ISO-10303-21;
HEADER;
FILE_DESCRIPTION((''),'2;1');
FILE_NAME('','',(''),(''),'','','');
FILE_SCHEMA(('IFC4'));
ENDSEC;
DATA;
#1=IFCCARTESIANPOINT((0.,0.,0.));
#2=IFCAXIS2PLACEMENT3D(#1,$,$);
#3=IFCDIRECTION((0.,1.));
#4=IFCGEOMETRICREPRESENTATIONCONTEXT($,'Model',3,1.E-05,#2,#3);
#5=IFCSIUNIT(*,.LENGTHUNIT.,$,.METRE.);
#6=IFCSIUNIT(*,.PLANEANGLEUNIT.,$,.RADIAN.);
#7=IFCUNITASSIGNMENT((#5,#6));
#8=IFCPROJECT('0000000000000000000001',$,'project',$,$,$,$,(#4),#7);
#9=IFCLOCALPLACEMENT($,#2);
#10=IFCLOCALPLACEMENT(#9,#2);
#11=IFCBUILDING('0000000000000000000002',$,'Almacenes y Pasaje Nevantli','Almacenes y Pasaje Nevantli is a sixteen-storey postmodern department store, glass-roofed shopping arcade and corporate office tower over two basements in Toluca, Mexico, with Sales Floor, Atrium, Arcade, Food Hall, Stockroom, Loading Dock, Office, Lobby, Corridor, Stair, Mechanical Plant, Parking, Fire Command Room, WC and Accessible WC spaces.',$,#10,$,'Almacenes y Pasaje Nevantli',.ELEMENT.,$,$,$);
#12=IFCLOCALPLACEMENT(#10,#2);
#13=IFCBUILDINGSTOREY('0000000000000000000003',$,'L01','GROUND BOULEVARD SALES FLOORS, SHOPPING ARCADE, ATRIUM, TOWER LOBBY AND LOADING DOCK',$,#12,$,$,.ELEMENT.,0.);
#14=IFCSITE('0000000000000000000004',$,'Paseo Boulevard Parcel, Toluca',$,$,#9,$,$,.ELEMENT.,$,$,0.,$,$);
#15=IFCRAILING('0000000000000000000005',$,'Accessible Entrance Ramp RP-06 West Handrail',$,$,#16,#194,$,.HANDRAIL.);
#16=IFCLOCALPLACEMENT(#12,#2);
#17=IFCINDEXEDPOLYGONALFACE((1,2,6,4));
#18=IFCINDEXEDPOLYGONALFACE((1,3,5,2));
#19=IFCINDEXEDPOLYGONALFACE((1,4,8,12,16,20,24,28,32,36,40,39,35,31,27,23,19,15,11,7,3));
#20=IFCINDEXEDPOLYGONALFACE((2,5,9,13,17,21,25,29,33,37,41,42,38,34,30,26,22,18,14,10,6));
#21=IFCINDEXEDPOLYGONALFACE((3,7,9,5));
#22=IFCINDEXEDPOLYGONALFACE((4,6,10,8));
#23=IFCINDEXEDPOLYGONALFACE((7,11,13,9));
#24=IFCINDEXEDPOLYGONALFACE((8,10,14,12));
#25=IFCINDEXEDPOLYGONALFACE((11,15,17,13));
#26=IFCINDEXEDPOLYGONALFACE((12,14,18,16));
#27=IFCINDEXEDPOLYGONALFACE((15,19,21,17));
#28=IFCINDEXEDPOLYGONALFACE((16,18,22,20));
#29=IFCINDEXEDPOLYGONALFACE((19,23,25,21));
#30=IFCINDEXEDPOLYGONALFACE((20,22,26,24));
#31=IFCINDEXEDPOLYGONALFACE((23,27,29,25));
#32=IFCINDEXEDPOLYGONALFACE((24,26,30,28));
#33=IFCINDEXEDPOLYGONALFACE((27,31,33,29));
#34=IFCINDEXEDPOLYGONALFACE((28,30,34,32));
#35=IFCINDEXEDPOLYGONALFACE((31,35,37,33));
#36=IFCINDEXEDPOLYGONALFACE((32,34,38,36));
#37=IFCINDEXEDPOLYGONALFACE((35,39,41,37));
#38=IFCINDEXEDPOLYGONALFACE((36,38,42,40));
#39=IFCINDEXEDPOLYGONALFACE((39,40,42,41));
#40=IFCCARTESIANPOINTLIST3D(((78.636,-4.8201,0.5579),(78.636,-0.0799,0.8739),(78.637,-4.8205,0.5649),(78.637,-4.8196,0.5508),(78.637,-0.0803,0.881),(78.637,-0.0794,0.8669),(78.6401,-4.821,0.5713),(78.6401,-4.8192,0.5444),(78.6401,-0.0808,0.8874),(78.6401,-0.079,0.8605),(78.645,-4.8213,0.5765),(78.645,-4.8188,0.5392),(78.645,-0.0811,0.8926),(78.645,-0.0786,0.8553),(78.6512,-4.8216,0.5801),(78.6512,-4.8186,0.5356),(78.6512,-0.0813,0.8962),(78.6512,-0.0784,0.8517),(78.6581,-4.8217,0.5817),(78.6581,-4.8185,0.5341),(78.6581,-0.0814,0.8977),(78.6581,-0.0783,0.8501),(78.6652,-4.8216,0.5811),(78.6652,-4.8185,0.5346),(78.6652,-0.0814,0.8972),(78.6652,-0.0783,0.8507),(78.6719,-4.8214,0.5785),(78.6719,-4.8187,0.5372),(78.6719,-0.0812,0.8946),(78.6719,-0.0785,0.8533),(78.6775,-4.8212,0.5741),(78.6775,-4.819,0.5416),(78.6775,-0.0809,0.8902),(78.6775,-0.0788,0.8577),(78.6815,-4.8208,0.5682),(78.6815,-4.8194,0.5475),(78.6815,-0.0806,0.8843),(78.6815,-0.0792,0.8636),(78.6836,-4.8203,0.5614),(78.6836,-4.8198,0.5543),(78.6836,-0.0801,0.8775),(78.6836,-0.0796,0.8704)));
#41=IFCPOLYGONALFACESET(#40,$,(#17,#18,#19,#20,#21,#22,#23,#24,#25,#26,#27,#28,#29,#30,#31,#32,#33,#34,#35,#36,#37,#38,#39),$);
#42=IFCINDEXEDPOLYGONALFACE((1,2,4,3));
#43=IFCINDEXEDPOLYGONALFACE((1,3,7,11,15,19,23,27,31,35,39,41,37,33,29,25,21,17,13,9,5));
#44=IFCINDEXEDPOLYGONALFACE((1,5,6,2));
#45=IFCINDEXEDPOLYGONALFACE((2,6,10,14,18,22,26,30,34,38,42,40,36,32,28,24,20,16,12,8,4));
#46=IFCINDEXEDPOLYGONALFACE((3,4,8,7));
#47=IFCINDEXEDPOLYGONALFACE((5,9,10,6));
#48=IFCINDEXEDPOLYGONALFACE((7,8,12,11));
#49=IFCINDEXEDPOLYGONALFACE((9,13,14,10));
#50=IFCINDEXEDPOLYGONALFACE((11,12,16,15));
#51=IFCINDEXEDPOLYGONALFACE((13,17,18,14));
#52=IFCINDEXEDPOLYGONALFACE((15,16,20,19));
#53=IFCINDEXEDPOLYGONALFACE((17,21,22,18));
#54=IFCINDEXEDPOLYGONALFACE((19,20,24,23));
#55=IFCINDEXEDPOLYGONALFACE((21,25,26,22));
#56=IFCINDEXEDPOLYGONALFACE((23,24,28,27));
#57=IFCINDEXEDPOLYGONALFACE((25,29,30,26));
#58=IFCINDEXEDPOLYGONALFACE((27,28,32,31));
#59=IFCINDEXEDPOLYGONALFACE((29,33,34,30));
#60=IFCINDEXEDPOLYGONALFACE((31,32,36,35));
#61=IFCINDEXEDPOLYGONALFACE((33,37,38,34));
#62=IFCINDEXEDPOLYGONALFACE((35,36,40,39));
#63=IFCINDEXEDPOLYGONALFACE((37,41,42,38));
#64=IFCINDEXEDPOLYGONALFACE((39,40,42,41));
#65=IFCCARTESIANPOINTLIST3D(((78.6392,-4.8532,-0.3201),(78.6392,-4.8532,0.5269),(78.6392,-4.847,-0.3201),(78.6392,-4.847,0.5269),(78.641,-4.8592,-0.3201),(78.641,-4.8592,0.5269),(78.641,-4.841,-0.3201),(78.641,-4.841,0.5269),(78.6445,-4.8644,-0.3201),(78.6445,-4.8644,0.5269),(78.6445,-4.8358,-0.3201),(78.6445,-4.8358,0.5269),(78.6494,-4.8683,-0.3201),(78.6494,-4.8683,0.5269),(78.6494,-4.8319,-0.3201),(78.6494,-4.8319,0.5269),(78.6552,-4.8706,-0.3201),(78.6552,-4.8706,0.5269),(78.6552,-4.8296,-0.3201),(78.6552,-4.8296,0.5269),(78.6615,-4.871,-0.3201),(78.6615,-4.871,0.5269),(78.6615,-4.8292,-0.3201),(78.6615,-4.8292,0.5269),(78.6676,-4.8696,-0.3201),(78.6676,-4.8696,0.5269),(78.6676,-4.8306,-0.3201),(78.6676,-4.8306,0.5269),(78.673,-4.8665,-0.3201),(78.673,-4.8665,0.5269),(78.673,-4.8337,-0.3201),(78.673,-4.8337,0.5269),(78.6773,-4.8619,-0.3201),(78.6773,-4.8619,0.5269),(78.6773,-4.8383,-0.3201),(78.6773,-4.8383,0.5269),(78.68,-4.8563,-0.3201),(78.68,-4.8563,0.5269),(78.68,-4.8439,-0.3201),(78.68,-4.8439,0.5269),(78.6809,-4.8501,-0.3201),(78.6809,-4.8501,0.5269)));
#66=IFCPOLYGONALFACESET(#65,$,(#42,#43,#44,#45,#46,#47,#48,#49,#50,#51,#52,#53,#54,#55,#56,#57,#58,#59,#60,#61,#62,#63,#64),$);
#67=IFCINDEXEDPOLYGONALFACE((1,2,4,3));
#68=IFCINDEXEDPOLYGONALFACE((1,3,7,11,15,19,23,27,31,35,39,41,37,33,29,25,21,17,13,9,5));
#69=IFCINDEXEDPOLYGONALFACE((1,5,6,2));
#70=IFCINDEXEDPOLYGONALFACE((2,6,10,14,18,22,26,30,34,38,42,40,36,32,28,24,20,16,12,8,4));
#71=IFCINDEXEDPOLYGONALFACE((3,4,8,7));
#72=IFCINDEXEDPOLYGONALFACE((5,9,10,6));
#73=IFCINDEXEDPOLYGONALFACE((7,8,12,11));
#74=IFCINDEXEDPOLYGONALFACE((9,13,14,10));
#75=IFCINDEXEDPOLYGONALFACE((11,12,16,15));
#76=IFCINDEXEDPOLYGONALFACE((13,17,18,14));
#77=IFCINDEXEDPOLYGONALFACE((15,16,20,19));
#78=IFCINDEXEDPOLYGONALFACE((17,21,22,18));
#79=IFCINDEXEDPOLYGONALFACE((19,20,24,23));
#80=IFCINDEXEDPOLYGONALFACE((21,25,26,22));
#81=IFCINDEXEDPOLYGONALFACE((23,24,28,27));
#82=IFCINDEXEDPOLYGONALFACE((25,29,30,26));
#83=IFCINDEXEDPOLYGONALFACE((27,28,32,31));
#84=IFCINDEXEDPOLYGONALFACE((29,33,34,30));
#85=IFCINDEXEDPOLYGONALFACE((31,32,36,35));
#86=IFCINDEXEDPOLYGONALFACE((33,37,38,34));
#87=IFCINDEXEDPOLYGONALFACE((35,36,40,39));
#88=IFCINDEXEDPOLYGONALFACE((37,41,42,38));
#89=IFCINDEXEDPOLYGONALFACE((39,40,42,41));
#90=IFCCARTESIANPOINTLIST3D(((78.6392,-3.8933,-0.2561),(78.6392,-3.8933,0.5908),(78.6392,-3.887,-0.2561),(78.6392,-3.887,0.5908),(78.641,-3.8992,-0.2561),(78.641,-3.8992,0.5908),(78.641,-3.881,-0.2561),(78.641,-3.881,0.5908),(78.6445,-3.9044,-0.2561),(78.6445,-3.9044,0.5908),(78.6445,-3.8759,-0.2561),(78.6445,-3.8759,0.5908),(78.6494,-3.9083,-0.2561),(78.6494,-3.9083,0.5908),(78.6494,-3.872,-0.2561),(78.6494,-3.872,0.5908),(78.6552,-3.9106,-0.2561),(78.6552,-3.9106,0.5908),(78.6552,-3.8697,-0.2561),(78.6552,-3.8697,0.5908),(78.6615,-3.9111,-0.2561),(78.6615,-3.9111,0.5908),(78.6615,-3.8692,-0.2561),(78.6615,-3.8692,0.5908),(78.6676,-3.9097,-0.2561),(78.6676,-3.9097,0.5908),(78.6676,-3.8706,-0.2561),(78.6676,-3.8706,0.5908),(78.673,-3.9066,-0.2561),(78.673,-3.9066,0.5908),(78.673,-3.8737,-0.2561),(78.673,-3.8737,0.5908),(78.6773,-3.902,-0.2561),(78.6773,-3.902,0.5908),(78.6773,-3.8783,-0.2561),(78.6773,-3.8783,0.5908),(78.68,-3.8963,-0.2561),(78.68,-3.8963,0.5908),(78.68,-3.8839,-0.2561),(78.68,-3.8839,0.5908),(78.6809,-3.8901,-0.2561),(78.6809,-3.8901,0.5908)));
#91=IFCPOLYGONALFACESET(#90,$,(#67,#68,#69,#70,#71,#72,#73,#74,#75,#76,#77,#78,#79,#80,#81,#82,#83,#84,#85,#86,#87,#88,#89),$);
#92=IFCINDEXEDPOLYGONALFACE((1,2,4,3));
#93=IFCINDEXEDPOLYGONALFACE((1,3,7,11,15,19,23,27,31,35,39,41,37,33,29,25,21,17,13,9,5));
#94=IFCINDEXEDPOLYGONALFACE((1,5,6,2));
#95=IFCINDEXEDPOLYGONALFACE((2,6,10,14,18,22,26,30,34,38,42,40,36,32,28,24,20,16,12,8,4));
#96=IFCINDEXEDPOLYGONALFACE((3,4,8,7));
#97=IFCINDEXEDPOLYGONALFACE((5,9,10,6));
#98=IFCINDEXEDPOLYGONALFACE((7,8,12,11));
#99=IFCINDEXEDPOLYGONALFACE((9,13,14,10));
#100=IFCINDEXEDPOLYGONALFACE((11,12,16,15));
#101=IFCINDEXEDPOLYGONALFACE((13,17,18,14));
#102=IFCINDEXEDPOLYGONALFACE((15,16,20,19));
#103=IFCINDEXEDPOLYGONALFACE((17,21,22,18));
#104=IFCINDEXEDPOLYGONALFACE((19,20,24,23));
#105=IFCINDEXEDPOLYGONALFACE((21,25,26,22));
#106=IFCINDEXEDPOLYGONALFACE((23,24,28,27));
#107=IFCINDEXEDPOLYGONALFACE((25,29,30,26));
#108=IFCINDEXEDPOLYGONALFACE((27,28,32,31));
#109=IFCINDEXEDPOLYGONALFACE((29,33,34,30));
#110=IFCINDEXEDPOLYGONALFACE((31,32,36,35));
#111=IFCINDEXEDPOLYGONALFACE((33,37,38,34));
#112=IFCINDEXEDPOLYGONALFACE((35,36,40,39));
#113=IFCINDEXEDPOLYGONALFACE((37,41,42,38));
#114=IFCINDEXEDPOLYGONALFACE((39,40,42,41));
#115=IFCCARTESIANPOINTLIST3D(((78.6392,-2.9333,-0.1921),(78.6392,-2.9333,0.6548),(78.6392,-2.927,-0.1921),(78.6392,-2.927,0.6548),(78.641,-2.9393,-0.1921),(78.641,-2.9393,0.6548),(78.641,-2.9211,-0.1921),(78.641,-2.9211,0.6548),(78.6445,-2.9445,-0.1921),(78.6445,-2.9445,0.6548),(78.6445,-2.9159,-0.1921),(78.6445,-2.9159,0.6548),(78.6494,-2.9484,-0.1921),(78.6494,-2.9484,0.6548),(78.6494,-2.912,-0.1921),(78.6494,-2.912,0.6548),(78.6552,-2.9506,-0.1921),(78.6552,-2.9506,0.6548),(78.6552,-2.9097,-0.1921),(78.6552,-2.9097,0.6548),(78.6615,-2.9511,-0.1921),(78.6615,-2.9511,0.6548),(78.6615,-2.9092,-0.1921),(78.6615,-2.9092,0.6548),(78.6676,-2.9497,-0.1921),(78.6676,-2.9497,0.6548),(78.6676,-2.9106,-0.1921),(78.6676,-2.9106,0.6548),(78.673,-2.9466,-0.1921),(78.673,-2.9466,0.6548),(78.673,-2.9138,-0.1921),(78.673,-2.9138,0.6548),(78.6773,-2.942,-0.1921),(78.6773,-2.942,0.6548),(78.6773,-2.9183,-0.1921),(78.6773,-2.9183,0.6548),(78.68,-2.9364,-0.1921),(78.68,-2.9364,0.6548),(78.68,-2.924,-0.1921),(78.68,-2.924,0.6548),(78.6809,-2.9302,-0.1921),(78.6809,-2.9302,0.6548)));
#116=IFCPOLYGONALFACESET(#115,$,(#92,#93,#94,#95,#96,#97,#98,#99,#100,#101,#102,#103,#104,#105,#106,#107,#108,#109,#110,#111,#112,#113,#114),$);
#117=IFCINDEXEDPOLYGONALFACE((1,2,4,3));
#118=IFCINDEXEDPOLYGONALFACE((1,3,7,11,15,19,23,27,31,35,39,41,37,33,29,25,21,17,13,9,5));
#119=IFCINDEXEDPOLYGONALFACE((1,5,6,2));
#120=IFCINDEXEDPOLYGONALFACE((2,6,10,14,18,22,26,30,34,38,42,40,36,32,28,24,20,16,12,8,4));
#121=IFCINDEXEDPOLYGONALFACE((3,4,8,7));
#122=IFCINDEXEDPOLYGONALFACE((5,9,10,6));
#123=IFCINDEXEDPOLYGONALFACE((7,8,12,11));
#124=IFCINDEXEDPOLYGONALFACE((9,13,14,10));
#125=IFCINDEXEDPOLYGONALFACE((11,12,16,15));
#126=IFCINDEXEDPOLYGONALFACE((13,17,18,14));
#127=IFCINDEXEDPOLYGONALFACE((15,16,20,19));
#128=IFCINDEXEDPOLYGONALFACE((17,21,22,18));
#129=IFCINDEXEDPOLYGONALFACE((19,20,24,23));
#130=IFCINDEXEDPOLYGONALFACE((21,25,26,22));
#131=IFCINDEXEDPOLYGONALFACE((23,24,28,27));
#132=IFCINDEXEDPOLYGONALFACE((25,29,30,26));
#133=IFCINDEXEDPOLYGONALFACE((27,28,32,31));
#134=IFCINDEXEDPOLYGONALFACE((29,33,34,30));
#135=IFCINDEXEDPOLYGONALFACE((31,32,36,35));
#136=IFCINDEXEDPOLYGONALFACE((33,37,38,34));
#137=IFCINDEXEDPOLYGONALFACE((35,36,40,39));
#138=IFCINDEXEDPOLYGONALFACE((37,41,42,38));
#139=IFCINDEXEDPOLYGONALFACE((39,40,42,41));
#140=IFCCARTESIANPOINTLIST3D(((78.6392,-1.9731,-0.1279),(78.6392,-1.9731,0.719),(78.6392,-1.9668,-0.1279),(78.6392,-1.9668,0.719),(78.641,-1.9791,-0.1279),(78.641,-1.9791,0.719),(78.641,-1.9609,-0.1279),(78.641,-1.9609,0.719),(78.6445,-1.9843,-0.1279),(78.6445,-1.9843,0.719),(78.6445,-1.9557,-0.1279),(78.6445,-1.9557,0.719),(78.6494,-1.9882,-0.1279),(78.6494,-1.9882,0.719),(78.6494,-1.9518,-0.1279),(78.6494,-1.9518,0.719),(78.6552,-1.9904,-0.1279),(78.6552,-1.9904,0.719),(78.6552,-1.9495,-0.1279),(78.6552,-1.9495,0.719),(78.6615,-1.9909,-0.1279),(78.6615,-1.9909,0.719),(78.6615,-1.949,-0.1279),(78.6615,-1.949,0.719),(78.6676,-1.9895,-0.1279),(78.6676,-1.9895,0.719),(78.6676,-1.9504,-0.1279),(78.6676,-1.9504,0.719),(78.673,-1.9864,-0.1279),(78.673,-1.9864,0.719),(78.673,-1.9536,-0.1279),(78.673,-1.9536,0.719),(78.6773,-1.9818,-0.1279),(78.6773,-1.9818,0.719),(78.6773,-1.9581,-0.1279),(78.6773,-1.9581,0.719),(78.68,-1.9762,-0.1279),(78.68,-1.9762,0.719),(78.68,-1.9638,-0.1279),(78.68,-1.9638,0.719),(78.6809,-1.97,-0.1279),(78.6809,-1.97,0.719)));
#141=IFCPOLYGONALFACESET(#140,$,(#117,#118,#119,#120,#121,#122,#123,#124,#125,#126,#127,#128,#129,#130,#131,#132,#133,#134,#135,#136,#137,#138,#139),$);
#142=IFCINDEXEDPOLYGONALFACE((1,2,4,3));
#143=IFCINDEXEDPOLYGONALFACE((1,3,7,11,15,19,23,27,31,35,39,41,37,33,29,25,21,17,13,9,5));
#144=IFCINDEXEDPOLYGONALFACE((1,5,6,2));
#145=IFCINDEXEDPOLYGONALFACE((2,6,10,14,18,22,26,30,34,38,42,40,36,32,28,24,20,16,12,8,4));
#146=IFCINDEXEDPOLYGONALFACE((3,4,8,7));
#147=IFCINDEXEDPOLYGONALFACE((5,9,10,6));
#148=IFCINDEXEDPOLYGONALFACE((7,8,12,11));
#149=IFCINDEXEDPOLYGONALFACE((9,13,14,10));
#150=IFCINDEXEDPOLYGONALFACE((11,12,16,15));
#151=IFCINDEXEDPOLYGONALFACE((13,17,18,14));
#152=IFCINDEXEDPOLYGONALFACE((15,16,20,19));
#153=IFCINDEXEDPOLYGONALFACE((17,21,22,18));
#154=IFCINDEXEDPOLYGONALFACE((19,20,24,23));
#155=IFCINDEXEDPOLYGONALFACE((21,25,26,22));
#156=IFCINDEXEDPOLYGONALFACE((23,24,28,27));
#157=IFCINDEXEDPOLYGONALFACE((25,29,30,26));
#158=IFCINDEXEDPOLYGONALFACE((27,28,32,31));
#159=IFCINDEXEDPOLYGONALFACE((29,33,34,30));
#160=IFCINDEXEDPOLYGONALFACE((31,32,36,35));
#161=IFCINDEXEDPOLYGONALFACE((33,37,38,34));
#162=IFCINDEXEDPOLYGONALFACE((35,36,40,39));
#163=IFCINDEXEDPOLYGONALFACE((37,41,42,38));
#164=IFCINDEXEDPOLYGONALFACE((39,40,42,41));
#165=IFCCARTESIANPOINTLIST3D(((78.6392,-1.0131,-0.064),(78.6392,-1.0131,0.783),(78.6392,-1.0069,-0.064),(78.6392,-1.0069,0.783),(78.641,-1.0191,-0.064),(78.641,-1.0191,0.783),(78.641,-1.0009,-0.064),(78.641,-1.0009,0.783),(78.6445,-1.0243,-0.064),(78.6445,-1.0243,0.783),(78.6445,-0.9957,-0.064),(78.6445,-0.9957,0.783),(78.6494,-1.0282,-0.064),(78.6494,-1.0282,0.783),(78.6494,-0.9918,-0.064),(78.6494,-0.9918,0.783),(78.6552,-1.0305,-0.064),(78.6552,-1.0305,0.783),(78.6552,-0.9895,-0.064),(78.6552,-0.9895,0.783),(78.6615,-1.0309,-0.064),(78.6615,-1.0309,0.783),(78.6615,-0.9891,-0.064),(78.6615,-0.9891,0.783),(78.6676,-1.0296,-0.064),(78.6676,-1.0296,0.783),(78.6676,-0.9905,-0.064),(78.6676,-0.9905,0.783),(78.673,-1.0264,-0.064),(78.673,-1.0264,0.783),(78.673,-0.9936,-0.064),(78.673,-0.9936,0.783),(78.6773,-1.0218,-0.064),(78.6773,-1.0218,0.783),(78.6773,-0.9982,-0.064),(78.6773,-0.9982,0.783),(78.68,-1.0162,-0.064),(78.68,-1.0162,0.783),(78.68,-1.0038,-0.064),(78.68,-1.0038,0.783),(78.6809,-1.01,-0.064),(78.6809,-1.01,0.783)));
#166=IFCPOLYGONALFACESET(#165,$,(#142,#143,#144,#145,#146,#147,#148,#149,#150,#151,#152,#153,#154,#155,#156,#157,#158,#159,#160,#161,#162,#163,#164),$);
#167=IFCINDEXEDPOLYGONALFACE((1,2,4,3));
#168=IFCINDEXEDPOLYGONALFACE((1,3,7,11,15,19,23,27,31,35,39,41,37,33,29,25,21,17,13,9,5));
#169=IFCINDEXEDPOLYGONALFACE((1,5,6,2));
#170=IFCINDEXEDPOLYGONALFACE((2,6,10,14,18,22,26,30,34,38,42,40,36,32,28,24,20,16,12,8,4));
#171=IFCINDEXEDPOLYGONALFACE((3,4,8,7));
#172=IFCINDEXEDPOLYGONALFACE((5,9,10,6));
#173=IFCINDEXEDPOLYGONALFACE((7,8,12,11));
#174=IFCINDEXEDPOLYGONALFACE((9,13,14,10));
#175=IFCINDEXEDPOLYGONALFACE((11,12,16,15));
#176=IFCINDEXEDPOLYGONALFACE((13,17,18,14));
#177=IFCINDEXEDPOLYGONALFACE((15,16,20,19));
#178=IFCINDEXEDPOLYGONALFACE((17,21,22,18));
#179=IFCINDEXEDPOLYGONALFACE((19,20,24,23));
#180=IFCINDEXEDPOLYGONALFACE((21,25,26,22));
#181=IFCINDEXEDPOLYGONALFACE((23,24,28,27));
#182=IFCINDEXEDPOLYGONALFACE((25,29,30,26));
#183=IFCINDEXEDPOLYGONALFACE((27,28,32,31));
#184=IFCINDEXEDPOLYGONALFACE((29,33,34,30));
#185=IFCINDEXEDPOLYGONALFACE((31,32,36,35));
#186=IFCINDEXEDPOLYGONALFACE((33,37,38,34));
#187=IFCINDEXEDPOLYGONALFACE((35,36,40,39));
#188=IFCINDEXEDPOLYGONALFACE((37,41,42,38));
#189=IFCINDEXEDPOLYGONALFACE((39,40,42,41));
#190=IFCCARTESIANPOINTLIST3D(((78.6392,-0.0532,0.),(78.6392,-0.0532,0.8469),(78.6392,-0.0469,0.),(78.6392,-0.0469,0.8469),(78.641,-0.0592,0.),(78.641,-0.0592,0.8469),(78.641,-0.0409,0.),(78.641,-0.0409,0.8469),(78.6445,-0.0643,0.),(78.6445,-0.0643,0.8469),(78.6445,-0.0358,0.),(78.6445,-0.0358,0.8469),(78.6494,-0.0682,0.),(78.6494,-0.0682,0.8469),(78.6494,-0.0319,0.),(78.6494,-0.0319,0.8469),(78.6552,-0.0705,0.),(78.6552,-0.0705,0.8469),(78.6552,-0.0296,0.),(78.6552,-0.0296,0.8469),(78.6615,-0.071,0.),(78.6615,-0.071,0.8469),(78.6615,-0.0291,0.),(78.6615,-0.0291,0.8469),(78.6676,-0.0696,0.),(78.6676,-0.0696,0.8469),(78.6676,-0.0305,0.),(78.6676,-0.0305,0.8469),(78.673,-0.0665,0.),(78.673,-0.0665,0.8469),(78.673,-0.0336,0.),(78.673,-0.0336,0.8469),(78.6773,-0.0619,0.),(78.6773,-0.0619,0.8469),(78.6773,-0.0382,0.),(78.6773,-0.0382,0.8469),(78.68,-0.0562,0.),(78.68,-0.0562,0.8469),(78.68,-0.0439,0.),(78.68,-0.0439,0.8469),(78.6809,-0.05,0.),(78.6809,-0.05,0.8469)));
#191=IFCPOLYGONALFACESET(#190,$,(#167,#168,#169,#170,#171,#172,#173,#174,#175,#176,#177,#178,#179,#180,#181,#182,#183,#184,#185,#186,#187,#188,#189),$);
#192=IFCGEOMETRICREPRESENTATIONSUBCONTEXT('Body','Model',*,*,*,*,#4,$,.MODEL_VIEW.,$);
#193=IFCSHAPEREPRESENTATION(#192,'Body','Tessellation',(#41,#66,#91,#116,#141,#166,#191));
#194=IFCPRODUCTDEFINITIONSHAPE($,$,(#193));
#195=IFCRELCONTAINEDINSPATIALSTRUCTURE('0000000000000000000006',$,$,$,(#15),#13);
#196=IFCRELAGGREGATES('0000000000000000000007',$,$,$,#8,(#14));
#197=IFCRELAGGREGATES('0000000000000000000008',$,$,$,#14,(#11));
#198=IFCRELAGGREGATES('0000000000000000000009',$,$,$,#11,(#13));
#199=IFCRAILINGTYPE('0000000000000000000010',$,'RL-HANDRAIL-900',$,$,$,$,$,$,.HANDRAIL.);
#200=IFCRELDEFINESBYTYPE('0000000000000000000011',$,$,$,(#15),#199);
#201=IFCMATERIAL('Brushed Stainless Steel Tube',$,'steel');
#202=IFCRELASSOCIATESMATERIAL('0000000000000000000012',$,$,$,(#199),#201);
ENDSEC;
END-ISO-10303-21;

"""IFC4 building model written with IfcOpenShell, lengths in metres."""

from ifc_helpers import new_model, si_unit, direction, frame, origin, origin_2d, place, context, subcontext, project, spatial, circle, extrude, material, type_object, element, save


model = new_model("IFC4")

# Units and contexts
model_context = context("Model", 3, precision=1e-05, world=origin(), true_north=direction((0.0, 1.0)))
body_context = subcontext(model_context, "Body", "Model", "MODEL_VIEW")
ifc_project = project(units=[si_unit("LENGTHUNIT", "METRE"), si_unit("PLANEANGLEUNIT", "RADIAN")], contexts=[model_context])

# Site, building, storey
site_placement = place(None, origin())
site = spatial("IfcSite", under=ifc_project, at=site_placement, Name="Paseo Boulevard Parcel, Toluca", CompositionType="ELEMENT", RefElevation=0.0)
building_placement = place(site_placement, origin())
building = spatial("IfcBuilding", under=site, at=building_placement, Name="Almacenes y Pasaje Nevantli", Description="Almacenes y Pasaje Nevantli is a sixteen-storey postmodern department store, glass-roofed shopping arcade and corporate office tower over two basements in Toluca, Mexico, with Sales Floor, Atrium, Arcade, Food Hall, Stockroom, Loading Dock, Office, Lobby, Corridor, Stair, Mechanical Plant, Parking, Fire Command Room, WC and Accessible WC spaces.", LongName="Almacenes y Pasaje Nevantli", CompositionType="ELEMENT")
storey_placement = place(building_placement, origin())
storey = spatial("IfcBuildingStorey", under=building, at=storey_placement, Name="L01", Description="GROUND BOULEVARD SALES FLOORS, SHOPPING ARCADE, ATRIUM, TOWER LOBBY AND LOADING DOCK", CompositionType="ELEMENT", Elevation=0.0)

# Railing
ifc_material_1 = material(Name="Brushed Stainless Steel Tube", Category="steel")
railing_type = type_object("IfcRailingType", Name="RL-HANDRAIL-900", PredefinedType="HANDRAIL", material=ifc_material_1)
for number, where, name in (
    (1, (78.6599, -4.8501, -0.3201), "Accessible Entrance Ramp RP-06 West Handrail"),
):
    element("IfcRailing", number, at=place(storey_placement, frame(where)), inside=storey, type_object=railing_type, Name=name, PredefinedType="HANDRAIL", context=body_context, shape_type="SweptSolid", body=[
        extrude(circle(Radius=0.0239, at=origin_2d()), frame((0.0, 0.03, 0.8779), z_axis=(0.0, 0.997784, 0.066532), x_axis=(-1.0, 0.0, 0.0)), (0.0, 0.0, 1.0), 4.7507),
        extrude(circle(Radius=0.021, at=origin_2d()), origin(), (0.0, 0.0, 1.0), 0.8469),
        extrude(circle(Radius=0.021, at=origin_2d()), frame((0.0, 0.96, 0.064)), (0.0, 0.0, 1.0), 0.8469),
        extrude(circle(Radius=0.021, at=origin_2d()), frame((0.0, 1.9199, 0.1279)), (0.0, 0.0, 1.0), 0.8469),
        extrude(circle(Radius=0.021, at=origin_2d()), frame((0.0, 2.8801, 0.1921)), (0.0, 0.0, 1.0), 0.8469),
        extrude(circle(Radius=0.021, at=origin_2d()), frame((0.0, 3.8401, 0.2561)), (0.0, 0.0, 1.0), 0.8469),
        extrude(circle(Radius=0.021, at=origin_2d()), frame((0.0, 4.8, 0.3201)), (0.0, 0.0, 1.0), 0.8469),
    ])

save(model, "model.ifc")
